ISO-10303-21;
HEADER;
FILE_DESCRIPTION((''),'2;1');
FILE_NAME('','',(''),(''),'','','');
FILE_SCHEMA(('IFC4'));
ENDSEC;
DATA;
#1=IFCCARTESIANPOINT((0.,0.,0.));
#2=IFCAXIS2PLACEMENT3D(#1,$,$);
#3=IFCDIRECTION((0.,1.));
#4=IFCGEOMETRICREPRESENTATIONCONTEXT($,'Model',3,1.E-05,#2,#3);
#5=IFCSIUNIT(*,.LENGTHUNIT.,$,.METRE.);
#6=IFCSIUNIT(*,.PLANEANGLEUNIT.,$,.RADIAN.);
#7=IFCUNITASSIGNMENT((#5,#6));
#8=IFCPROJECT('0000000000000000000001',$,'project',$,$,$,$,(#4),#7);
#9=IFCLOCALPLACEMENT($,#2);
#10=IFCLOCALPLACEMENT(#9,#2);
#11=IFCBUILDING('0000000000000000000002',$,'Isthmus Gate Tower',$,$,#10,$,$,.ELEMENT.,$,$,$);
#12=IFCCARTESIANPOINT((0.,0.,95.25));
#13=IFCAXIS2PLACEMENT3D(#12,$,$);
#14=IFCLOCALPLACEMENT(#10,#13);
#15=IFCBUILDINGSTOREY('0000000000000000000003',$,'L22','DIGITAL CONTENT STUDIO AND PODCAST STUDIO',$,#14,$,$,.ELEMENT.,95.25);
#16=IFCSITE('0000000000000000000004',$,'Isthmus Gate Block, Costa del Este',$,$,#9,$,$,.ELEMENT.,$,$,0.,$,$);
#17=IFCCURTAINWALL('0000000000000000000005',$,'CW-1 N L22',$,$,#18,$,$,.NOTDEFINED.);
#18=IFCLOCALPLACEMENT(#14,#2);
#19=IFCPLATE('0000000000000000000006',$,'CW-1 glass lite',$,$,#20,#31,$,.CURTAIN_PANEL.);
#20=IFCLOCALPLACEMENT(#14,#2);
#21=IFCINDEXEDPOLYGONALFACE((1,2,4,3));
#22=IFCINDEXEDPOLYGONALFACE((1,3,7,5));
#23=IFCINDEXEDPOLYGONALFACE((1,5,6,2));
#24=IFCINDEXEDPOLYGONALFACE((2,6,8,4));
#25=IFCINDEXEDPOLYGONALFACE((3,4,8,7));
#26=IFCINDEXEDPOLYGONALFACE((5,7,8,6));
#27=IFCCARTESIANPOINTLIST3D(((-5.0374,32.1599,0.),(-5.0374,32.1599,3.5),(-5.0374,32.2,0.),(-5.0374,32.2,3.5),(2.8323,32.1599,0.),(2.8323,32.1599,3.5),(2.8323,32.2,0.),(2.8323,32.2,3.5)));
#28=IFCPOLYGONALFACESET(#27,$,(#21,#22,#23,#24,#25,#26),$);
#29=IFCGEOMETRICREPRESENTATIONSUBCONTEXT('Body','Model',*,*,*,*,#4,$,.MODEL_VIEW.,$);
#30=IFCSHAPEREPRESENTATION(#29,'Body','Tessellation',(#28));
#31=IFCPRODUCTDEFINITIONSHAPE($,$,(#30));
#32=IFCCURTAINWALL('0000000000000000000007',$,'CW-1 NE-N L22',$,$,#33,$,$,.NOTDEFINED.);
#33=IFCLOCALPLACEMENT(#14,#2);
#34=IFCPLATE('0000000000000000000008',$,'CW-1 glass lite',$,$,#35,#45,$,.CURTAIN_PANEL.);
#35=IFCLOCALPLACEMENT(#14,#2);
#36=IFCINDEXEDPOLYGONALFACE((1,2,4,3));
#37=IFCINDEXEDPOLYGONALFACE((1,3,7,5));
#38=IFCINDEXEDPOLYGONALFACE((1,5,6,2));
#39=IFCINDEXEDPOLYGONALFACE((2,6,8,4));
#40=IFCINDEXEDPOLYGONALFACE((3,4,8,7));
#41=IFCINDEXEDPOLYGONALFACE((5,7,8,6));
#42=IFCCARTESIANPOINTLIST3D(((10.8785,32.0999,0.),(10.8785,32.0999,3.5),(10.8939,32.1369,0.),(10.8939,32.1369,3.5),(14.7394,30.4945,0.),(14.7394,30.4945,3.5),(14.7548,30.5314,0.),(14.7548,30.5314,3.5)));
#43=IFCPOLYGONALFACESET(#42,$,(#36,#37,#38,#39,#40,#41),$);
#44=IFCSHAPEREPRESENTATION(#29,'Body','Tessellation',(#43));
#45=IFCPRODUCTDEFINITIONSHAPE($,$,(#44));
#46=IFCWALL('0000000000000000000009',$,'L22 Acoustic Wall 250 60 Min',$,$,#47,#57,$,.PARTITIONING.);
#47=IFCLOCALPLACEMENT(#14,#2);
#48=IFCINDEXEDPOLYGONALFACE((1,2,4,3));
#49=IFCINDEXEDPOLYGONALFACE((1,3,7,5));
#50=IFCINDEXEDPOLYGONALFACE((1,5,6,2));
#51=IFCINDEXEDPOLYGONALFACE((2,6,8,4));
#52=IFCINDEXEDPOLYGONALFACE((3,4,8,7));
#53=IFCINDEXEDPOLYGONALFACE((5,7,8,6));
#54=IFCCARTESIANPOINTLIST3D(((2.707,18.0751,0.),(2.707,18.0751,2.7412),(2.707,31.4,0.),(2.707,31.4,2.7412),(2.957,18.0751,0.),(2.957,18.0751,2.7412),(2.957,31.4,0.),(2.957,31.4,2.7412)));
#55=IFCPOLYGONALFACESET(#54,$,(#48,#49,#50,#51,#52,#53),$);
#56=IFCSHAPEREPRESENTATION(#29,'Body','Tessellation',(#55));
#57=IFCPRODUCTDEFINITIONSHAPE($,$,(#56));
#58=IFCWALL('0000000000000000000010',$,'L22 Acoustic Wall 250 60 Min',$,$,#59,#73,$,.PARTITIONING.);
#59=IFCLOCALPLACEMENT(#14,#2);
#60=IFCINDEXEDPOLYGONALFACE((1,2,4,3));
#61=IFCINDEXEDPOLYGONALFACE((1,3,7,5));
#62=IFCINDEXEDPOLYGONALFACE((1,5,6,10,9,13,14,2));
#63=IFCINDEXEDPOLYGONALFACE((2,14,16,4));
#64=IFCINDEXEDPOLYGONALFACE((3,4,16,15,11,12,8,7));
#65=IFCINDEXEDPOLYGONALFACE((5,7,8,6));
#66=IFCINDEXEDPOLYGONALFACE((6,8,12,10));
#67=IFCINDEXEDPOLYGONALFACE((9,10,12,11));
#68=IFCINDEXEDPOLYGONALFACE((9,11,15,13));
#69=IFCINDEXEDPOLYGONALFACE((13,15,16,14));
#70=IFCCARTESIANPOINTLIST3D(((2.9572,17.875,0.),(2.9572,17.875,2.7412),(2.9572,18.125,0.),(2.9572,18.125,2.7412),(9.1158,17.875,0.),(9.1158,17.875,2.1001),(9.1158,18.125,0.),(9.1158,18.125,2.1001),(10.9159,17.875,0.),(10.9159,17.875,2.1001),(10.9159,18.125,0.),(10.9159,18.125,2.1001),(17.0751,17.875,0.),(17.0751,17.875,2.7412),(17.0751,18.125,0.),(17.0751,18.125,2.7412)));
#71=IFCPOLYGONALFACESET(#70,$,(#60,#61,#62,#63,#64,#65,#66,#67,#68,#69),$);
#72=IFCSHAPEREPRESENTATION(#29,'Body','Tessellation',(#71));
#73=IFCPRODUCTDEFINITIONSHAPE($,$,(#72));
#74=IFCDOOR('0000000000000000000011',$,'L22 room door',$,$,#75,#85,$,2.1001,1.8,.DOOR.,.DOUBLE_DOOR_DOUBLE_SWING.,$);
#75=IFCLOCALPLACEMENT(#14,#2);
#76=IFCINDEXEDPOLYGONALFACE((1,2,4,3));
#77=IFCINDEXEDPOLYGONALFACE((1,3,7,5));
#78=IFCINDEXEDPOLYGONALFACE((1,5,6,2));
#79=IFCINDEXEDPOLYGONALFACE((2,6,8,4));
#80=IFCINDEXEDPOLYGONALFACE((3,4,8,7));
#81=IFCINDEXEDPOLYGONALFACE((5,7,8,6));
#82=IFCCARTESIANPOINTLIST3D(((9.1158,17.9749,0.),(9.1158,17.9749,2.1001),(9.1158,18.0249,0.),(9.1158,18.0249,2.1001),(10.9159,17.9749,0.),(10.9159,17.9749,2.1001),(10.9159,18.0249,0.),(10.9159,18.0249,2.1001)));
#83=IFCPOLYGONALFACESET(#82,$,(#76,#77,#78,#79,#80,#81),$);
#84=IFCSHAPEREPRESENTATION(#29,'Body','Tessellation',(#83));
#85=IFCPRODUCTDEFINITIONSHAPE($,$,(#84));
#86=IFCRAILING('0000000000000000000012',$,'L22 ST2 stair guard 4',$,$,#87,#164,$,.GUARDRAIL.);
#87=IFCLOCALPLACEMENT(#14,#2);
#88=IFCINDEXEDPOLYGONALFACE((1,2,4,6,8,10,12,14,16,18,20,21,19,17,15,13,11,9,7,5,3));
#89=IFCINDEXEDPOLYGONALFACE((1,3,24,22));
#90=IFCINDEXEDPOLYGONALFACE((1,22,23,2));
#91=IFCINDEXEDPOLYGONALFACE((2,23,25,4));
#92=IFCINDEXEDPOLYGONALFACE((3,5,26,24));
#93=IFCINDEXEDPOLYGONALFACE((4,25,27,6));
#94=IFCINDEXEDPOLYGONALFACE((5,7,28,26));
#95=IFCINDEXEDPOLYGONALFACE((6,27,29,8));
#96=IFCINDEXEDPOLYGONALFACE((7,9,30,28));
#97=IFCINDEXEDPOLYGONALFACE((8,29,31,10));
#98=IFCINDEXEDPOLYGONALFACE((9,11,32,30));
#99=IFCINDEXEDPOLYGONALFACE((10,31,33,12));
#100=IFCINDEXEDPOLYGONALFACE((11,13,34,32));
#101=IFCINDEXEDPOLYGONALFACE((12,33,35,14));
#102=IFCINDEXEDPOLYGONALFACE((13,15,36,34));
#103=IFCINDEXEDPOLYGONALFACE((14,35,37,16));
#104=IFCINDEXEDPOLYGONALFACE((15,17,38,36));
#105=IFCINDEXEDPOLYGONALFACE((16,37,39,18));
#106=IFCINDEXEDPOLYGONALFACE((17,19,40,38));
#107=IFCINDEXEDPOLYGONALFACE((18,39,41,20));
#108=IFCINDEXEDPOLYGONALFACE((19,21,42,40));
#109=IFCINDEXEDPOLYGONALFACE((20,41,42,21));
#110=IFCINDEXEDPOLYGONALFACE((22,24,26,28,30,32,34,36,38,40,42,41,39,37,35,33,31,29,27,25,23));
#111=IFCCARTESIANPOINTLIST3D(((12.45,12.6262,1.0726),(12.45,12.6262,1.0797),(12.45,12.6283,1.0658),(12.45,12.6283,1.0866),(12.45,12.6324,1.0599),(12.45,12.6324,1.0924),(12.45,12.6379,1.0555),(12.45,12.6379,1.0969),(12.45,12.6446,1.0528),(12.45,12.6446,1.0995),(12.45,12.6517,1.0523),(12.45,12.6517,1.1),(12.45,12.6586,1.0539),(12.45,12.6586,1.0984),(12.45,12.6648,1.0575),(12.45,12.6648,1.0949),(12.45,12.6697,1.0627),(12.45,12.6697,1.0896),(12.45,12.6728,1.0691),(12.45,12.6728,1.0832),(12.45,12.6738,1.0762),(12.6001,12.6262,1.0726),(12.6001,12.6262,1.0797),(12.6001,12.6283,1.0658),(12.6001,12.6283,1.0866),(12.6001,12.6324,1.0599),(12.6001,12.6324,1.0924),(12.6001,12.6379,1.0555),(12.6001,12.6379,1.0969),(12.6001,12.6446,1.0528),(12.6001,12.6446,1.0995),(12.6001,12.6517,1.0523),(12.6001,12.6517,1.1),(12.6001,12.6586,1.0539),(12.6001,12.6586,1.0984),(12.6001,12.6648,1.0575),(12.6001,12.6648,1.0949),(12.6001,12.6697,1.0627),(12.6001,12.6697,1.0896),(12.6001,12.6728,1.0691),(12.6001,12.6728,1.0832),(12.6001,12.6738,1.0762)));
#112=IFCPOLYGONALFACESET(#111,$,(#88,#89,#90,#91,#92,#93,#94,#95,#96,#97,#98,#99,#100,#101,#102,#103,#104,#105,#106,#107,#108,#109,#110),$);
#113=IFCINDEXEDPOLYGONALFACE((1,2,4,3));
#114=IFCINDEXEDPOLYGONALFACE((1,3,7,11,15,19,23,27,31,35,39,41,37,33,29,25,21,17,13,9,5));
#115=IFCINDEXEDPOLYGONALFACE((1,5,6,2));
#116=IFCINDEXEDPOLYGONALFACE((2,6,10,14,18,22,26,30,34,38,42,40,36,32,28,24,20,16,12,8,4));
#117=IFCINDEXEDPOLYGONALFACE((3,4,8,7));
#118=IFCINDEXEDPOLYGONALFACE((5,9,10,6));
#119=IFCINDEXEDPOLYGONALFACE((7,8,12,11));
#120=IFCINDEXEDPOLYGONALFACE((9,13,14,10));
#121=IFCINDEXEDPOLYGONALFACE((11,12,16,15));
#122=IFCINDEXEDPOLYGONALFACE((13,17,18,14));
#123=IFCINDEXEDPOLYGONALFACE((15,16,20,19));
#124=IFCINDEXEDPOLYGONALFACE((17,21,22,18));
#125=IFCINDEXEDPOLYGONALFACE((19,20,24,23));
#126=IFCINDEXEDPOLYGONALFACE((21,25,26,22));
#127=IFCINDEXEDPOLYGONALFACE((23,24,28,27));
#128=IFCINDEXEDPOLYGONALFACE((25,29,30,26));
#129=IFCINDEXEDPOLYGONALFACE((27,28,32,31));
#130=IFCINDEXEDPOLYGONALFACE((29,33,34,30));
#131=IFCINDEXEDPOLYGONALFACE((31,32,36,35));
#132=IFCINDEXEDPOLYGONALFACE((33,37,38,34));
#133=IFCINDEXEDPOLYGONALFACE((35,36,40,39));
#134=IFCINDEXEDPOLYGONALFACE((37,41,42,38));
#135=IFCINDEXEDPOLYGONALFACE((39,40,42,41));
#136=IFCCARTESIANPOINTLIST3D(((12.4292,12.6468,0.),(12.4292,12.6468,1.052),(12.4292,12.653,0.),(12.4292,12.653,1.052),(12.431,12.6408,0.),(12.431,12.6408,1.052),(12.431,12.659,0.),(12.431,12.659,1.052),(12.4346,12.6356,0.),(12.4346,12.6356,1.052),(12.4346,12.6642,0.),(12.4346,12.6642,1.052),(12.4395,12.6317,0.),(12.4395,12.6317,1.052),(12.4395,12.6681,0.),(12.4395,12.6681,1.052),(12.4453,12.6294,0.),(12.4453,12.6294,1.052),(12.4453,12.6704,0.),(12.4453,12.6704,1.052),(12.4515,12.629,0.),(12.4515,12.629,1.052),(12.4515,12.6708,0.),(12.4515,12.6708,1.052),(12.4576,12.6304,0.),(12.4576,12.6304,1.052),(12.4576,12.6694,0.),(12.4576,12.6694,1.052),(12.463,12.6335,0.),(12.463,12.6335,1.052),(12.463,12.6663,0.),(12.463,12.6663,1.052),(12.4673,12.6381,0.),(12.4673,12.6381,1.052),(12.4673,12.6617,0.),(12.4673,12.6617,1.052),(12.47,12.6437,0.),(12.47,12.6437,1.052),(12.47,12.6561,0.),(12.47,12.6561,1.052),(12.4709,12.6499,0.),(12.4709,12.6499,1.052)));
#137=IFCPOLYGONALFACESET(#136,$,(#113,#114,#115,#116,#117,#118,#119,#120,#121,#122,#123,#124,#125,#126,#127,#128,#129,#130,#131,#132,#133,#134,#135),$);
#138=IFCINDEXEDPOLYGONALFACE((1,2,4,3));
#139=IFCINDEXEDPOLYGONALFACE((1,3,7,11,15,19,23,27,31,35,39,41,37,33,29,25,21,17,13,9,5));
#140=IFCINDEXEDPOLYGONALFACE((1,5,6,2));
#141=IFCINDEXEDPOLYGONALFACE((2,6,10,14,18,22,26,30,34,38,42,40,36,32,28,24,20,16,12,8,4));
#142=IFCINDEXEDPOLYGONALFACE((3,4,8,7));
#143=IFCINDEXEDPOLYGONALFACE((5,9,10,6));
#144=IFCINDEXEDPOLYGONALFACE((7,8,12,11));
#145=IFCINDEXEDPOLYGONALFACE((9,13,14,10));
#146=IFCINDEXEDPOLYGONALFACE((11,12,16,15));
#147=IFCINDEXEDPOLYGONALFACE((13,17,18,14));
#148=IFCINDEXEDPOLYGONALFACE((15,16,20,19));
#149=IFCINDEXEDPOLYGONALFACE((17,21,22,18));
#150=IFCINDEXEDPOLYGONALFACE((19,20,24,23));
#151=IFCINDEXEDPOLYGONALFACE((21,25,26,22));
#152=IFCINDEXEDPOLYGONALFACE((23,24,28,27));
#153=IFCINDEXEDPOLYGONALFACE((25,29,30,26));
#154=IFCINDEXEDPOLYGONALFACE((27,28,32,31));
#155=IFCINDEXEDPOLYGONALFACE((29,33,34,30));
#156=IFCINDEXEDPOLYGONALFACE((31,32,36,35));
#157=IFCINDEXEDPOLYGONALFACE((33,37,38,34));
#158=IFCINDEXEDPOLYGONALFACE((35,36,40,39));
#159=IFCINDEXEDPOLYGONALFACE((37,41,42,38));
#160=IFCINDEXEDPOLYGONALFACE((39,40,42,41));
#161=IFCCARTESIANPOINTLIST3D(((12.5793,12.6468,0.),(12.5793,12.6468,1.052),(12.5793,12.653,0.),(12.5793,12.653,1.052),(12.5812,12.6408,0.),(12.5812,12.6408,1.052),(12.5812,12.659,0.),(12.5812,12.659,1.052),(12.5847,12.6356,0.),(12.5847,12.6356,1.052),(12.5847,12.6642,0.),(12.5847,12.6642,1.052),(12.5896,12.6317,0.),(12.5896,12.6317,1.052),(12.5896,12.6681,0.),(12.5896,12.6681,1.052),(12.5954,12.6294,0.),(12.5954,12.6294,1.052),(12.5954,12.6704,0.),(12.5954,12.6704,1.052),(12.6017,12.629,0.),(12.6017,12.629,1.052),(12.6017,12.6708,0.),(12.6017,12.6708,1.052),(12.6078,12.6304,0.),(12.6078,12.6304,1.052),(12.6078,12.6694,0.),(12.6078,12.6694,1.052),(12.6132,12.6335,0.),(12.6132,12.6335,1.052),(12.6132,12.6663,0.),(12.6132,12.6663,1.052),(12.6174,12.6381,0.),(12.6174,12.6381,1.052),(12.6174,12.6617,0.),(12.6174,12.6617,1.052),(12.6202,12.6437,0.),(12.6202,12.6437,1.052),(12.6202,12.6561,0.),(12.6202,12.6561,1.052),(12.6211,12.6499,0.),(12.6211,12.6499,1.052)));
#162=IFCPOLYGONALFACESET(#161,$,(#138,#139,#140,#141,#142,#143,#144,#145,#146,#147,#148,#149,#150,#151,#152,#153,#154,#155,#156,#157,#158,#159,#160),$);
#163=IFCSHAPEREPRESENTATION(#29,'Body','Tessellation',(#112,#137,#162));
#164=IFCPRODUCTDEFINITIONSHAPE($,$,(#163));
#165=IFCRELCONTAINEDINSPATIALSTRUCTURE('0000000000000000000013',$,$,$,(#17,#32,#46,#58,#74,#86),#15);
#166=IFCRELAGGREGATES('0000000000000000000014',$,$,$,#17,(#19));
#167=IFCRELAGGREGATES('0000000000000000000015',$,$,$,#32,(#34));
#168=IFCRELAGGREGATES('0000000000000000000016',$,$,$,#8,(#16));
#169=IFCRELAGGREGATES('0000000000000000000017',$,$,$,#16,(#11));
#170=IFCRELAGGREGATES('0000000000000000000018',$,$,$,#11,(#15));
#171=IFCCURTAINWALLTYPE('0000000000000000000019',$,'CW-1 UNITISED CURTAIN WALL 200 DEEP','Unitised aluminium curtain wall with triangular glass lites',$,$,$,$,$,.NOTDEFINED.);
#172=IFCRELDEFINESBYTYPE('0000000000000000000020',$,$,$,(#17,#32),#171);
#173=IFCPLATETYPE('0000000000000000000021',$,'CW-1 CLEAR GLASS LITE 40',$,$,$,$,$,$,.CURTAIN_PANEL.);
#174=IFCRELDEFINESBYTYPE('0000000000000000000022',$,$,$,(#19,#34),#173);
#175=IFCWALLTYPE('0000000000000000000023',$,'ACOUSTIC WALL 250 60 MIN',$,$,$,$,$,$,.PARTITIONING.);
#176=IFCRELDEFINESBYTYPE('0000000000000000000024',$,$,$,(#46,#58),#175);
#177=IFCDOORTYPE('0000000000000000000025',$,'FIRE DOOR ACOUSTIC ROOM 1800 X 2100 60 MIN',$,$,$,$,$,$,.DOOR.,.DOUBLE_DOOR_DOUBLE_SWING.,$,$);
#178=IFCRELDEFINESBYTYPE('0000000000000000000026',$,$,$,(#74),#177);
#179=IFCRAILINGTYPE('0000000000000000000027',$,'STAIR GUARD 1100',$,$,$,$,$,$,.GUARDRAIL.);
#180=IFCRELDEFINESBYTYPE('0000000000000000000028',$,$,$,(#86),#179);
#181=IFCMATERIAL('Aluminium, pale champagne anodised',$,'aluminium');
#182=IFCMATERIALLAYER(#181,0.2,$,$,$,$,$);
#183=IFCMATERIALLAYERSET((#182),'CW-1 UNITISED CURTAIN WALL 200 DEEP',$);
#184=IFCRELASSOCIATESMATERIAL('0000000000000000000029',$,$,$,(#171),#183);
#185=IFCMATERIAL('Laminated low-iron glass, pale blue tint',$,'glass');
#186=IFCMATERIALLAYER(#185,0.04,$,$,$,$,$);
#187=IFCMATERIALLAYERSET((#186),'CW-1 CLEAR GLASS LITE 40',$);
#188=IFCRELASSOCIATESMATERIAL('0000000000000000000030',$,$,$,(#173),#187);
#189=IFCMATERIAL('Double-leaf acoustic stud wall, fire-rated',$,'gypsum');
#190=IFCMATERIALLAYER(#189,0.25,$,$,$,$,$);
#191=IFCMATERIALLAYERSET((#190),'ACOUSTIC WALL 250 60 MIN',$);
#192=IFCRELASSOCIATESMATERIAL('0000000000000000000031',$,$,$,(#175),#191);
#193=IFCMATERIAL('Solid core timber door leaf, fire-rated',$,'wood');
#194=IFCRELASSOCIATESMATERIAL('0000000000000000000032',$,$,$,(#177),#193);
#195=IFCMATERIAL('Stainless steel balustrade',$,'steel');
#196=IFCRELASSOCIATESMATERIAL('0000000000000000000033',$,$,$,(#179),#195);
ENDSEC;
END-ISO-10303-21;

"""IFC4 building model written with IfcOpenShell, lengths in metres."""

from ifc_helpers import new_model, si_unit, direction, frame, frame_2d, origin, origin_2d, place, context, subcontext, project, spatial, rectangle, circle, extrude, material, layer, layer_set, type_object, element, fill, aggregate, save


model = new_model("IFC4")

# Units and contexts
model_context = context("Model", 3, precision=1e-05, world=origin(), true_north=direction((0.0, 1.0)))
body_context = subcontext(model_context, "Body", "Model", "MODEL_VIEW")
ifc_project = project(units=[si_unit("LENGTHUNIT", "METRE"), si_unit("PLANEANGLEUNIT", "RADIAN")], contexts=[model_context])

# Site, building, storey
site_placement = place(None, origin())
site = spatial("IfcSite", under=ifc_project, at=site_placement, Name="Isthmus Gate Block, Costa del Este", CompositionType="ELEMENT", RefElevation=0.0)
building_placement = place(site_placement, origin())
building = spatial("IfcBuilding", under=site, at=building_placement, Name="Isthmus Gate Tower", CompositionType="ELEMENT")
storey_placement = place(building_placement, frame((0.0, 0.0, 95.25)))
storey = spatial("IfcBuildingStorey", under=building, at=storey_placement, Name="L22", Description="DIGITAL CONTENT STUDIO AND PODCAST STUDIO", CompositionType="ELEMENT", Elevation=95.25)

# Curtain wall
ifc_material_1 = material(Name="Aluminium, pale champagne anodised", Category="aluminium")
ifc_layer_1 = layer(ifc_material_1, 0.2)
ifc_layer_set_1 = layer_set([ifc_layer_1], Name="CW-1 UNITISED CURTAIN WALL 200 DEEP")
curtain_wall_type = type_object("IfcCurtainWallType", Name="CW-1 UNITISED CURTAIN WALL 200 DEEP", Description="Unitised aluminium curtain wall with triangular glass lites", PredefinedType="NOTDEFINED", material=ifc_layer_set_1)
curtain_wall_1_placement = place(storey_placement, origin())
curtain_wall_1 = element("IfcCurtainWall", 1, at=curtain_wall_1_placement, inside=storey, type_object=curtain_wall_type, Name="CW-1 N L22", PredefinedType="NOTDEFINED")

# Plate
ifc_material_2 = material(Name="Laminated low-iron glass, pale blue tint", Category="glass")
ifc_layer_2 = layer(ifc_material_2, 0.04)
ifc_layer_set_2 = layer_set([ifc_layer_2], Name="CW-1 CLEAR GLASS LITE 40")
plate_type = type_object("IfcPlateType", Name="CW-1 CLEAR GLASS LITE 40", PredefinedType="CURTAIN_PANEL", material=ifc_layer_set_2)
plate_1_placement = place(storey_placement, frame((-1.1025, 32.1799, 0.0), z_axis=(0.0, 0.0, 1.0), x_axis=(-1.0, 0.0, 0.0)))
plate_1 = element("IfcPlate", 2, at=plate_1_placement, type_object=plate_type, Name="CW-1 glass lite", PredefinedType="CURTAIN_PANEL", context=body_context, shape_type="SweptSolid", body=[
    extrude(rectangle(XDim=7.8696, YDim=0.04, at=origin_2d()), origin(), (0.0, 0.0, 1.0), 3.5),
])
aggregate(curtain_wall_1, [plate_1])

# Curtain wall, plate
curtain_wall_2_placement = place(storey_placement, origin())
curtain_wall_2 = element("IfcCurtainWall", 3, at=curtain_wall_2_placement, inside=storey, type_object=curtain_wall_type, Name="CW-1 NE-N L22", PredefinedType="NOTDEFINED")
plate_2_placement = place(storey_placement, frame((12.8167, 31.3157, 0.0), z_axis=(0.0, 0.0, 1.0), x_axis=(-0.923353, 0.383952, 0.0)))
plate_2 = element("IfcPlate", 4, at=plate_2_placement, type_object=plate_type, Name="CW-1 glass lite", PredefinedType="CURTAIN_PANEL", context=body_context, shape_type="SweptSolid", body=[
    extrude(rectangle(XDim=4.1814, YDim=0.04, at=origin_2d()), origin(), (0.0, 0.0, 1.0), 3.5),
])
aggregate(curtain_wall_2, [plate_2])

# Wall
ifc_material_3 = material(Name="Double-leaf acoustic stud wall, fire-rated", Category="gypsum")
ifc_layer_3 = layer(ifc_material_3, 0.25)
ifc_layer_set_3 = layer_set([ifc_layer_3], Name="ACOUSTIC WALL 250 60 MIN")
wall_type = type_object("IfcWallType", Name="ACOUSTIC WALL 250 60 MIN", PredefinedType="PARTITIONING", material=ifc_layer_set_3)
wall_1_placement = place(storey_placement, frame((2.832, 18.075, 0.0), z_axis=(0.0, 0.0, 1.0), x_axis=(0.0, 1.0, 0.0)))
element("IfcWall", 5, at=wall_1_placement, inside=storey, type_object=wall_type, Name="L22 Acoustic Wall 250 60 Min", PredefinedType="PARTITIONING", context=body_context, shape_type="SweptSolid", body=[
    extrude(rectangle(XDim=13.325, YDim=0.25, at=frame_2d((6.6626, 0.0))), origin(), (0.0, 0.0, 1.0), 2.7412),
])

# Wall, opening, door
wall_2_placement = place(storey_placement, frame((2.957, 18.0, 0.0), z_axis=(0.0, 0.0, 1.0), x_axis=(1.0, 0.0, 0.0)))
wall_2 = element("IfcWall", 6, at=wall_2_placement, inside=storey, type_object=wall_type, Name="L22 Acoustic Wall 250 60 Min", PredefinedType="PARTITIONING", context=body_context, shape_type="SweptSolid", body=[
    extrude(rectangle(XDim=14.1179, YDim=0.25, at=frame_2d((7.0591, 0.0))), origin(), (0.0, 0.0, 1.0), 2.7412),
])
opening_placement = place(wall_2_placement, frame((6.1589, 0.0, 0.0)))
opening = element("IfcOpeningElement", 7, at=opening_placement, cuts=wall_2, PredefinedType="OPENING", context=body_context, shape_type="SweptSolid", body=[
    extrude(rectangle(XDim=1.8, YDim=2.1001, at=frame_2d((0.8999, 1.05))), frame((0.0, 0.135, 0.0), z_axis=(0.0, -1.0, 0.0), x_axis=(1.0, 0.0, 0.0)), (0.0, 0.0, 1.0), 0.27),
])
ifc_material_4 = material(Name="Solid core timber door leaf, fire-rated", Category="wood")
door_type = type_object("IfcDoorType", Name="FIRE DOOR ACOUSTIC ROOM 1800 X 2100 60 MIN", OperationType="DOUBLE_DOOR_DOUBLE_SWING", PredefinedType="DOOR", material=ifc_material_4)
door_placement = place(opening_placement, origin())
door = element("IfcDoor", 8, at=door_placement, inside=storey, type_object=door_type, Name="L22 room door", OperationType="DOUBLE_DOOR_DOUBLE_SWING", OverallHeight=2.1001, OverallWidth=1.8, PredefinedType="DOOR", context=body_context, shape_type="SweptSolid", body=[
    extrude(rectangle(XDim=1.8, YDim=2.1001, at=frame_2d((0.8999, 1.05))), frame((0.0, 0.0249, 0.0), z_axis=(0.0, -1.0, 0.0), x_axis=(1.0, 0.0, 0.0)), (0.0, 0.0, 1.0), 0.05),
])
fill(opening, door)

# Railing
ifc_material_5 = material(Name="Stainless steel balustrade", Category="steel")
railing_type = type_object("IfcRailingType", Name="STAIR GUARD 1100", PredefinedType="GUARDRAIL", material=ifc_material_5)
railing_placement = place(storey_placement, frame((12.45, 12.6499, 0.0)))
element("IfcRailing", 9, at=railing_placement, inside=storey, type_object=railing_type, Name="L22 ST2 stair guard 4", PredefinedType="GUARDRAIL", context=body_context, shape_type="SweptSolid", body=[
    extrude(circle(Radius=0.0239, at=origin_2d()), frame((0.0, 0.0, 1.0762), z_axis=(1.0, 0.0, 0.0), x_axis=(0.0, 1.0, 0.0)), (0.0, 0.0, 1.0), 0.1501),
    extrude(circle(Radius=0.021, at=origin_2d()), origin(), (0.0, 0.0, 1.0), 1.052),
    extrude(circle(Radius=0.021, at=origin_2d()), frame((0.1501, 0.0, 0.0)), (0.0, 0.0, 1.0), 1.052),
])

save(model, "model.ifc")
